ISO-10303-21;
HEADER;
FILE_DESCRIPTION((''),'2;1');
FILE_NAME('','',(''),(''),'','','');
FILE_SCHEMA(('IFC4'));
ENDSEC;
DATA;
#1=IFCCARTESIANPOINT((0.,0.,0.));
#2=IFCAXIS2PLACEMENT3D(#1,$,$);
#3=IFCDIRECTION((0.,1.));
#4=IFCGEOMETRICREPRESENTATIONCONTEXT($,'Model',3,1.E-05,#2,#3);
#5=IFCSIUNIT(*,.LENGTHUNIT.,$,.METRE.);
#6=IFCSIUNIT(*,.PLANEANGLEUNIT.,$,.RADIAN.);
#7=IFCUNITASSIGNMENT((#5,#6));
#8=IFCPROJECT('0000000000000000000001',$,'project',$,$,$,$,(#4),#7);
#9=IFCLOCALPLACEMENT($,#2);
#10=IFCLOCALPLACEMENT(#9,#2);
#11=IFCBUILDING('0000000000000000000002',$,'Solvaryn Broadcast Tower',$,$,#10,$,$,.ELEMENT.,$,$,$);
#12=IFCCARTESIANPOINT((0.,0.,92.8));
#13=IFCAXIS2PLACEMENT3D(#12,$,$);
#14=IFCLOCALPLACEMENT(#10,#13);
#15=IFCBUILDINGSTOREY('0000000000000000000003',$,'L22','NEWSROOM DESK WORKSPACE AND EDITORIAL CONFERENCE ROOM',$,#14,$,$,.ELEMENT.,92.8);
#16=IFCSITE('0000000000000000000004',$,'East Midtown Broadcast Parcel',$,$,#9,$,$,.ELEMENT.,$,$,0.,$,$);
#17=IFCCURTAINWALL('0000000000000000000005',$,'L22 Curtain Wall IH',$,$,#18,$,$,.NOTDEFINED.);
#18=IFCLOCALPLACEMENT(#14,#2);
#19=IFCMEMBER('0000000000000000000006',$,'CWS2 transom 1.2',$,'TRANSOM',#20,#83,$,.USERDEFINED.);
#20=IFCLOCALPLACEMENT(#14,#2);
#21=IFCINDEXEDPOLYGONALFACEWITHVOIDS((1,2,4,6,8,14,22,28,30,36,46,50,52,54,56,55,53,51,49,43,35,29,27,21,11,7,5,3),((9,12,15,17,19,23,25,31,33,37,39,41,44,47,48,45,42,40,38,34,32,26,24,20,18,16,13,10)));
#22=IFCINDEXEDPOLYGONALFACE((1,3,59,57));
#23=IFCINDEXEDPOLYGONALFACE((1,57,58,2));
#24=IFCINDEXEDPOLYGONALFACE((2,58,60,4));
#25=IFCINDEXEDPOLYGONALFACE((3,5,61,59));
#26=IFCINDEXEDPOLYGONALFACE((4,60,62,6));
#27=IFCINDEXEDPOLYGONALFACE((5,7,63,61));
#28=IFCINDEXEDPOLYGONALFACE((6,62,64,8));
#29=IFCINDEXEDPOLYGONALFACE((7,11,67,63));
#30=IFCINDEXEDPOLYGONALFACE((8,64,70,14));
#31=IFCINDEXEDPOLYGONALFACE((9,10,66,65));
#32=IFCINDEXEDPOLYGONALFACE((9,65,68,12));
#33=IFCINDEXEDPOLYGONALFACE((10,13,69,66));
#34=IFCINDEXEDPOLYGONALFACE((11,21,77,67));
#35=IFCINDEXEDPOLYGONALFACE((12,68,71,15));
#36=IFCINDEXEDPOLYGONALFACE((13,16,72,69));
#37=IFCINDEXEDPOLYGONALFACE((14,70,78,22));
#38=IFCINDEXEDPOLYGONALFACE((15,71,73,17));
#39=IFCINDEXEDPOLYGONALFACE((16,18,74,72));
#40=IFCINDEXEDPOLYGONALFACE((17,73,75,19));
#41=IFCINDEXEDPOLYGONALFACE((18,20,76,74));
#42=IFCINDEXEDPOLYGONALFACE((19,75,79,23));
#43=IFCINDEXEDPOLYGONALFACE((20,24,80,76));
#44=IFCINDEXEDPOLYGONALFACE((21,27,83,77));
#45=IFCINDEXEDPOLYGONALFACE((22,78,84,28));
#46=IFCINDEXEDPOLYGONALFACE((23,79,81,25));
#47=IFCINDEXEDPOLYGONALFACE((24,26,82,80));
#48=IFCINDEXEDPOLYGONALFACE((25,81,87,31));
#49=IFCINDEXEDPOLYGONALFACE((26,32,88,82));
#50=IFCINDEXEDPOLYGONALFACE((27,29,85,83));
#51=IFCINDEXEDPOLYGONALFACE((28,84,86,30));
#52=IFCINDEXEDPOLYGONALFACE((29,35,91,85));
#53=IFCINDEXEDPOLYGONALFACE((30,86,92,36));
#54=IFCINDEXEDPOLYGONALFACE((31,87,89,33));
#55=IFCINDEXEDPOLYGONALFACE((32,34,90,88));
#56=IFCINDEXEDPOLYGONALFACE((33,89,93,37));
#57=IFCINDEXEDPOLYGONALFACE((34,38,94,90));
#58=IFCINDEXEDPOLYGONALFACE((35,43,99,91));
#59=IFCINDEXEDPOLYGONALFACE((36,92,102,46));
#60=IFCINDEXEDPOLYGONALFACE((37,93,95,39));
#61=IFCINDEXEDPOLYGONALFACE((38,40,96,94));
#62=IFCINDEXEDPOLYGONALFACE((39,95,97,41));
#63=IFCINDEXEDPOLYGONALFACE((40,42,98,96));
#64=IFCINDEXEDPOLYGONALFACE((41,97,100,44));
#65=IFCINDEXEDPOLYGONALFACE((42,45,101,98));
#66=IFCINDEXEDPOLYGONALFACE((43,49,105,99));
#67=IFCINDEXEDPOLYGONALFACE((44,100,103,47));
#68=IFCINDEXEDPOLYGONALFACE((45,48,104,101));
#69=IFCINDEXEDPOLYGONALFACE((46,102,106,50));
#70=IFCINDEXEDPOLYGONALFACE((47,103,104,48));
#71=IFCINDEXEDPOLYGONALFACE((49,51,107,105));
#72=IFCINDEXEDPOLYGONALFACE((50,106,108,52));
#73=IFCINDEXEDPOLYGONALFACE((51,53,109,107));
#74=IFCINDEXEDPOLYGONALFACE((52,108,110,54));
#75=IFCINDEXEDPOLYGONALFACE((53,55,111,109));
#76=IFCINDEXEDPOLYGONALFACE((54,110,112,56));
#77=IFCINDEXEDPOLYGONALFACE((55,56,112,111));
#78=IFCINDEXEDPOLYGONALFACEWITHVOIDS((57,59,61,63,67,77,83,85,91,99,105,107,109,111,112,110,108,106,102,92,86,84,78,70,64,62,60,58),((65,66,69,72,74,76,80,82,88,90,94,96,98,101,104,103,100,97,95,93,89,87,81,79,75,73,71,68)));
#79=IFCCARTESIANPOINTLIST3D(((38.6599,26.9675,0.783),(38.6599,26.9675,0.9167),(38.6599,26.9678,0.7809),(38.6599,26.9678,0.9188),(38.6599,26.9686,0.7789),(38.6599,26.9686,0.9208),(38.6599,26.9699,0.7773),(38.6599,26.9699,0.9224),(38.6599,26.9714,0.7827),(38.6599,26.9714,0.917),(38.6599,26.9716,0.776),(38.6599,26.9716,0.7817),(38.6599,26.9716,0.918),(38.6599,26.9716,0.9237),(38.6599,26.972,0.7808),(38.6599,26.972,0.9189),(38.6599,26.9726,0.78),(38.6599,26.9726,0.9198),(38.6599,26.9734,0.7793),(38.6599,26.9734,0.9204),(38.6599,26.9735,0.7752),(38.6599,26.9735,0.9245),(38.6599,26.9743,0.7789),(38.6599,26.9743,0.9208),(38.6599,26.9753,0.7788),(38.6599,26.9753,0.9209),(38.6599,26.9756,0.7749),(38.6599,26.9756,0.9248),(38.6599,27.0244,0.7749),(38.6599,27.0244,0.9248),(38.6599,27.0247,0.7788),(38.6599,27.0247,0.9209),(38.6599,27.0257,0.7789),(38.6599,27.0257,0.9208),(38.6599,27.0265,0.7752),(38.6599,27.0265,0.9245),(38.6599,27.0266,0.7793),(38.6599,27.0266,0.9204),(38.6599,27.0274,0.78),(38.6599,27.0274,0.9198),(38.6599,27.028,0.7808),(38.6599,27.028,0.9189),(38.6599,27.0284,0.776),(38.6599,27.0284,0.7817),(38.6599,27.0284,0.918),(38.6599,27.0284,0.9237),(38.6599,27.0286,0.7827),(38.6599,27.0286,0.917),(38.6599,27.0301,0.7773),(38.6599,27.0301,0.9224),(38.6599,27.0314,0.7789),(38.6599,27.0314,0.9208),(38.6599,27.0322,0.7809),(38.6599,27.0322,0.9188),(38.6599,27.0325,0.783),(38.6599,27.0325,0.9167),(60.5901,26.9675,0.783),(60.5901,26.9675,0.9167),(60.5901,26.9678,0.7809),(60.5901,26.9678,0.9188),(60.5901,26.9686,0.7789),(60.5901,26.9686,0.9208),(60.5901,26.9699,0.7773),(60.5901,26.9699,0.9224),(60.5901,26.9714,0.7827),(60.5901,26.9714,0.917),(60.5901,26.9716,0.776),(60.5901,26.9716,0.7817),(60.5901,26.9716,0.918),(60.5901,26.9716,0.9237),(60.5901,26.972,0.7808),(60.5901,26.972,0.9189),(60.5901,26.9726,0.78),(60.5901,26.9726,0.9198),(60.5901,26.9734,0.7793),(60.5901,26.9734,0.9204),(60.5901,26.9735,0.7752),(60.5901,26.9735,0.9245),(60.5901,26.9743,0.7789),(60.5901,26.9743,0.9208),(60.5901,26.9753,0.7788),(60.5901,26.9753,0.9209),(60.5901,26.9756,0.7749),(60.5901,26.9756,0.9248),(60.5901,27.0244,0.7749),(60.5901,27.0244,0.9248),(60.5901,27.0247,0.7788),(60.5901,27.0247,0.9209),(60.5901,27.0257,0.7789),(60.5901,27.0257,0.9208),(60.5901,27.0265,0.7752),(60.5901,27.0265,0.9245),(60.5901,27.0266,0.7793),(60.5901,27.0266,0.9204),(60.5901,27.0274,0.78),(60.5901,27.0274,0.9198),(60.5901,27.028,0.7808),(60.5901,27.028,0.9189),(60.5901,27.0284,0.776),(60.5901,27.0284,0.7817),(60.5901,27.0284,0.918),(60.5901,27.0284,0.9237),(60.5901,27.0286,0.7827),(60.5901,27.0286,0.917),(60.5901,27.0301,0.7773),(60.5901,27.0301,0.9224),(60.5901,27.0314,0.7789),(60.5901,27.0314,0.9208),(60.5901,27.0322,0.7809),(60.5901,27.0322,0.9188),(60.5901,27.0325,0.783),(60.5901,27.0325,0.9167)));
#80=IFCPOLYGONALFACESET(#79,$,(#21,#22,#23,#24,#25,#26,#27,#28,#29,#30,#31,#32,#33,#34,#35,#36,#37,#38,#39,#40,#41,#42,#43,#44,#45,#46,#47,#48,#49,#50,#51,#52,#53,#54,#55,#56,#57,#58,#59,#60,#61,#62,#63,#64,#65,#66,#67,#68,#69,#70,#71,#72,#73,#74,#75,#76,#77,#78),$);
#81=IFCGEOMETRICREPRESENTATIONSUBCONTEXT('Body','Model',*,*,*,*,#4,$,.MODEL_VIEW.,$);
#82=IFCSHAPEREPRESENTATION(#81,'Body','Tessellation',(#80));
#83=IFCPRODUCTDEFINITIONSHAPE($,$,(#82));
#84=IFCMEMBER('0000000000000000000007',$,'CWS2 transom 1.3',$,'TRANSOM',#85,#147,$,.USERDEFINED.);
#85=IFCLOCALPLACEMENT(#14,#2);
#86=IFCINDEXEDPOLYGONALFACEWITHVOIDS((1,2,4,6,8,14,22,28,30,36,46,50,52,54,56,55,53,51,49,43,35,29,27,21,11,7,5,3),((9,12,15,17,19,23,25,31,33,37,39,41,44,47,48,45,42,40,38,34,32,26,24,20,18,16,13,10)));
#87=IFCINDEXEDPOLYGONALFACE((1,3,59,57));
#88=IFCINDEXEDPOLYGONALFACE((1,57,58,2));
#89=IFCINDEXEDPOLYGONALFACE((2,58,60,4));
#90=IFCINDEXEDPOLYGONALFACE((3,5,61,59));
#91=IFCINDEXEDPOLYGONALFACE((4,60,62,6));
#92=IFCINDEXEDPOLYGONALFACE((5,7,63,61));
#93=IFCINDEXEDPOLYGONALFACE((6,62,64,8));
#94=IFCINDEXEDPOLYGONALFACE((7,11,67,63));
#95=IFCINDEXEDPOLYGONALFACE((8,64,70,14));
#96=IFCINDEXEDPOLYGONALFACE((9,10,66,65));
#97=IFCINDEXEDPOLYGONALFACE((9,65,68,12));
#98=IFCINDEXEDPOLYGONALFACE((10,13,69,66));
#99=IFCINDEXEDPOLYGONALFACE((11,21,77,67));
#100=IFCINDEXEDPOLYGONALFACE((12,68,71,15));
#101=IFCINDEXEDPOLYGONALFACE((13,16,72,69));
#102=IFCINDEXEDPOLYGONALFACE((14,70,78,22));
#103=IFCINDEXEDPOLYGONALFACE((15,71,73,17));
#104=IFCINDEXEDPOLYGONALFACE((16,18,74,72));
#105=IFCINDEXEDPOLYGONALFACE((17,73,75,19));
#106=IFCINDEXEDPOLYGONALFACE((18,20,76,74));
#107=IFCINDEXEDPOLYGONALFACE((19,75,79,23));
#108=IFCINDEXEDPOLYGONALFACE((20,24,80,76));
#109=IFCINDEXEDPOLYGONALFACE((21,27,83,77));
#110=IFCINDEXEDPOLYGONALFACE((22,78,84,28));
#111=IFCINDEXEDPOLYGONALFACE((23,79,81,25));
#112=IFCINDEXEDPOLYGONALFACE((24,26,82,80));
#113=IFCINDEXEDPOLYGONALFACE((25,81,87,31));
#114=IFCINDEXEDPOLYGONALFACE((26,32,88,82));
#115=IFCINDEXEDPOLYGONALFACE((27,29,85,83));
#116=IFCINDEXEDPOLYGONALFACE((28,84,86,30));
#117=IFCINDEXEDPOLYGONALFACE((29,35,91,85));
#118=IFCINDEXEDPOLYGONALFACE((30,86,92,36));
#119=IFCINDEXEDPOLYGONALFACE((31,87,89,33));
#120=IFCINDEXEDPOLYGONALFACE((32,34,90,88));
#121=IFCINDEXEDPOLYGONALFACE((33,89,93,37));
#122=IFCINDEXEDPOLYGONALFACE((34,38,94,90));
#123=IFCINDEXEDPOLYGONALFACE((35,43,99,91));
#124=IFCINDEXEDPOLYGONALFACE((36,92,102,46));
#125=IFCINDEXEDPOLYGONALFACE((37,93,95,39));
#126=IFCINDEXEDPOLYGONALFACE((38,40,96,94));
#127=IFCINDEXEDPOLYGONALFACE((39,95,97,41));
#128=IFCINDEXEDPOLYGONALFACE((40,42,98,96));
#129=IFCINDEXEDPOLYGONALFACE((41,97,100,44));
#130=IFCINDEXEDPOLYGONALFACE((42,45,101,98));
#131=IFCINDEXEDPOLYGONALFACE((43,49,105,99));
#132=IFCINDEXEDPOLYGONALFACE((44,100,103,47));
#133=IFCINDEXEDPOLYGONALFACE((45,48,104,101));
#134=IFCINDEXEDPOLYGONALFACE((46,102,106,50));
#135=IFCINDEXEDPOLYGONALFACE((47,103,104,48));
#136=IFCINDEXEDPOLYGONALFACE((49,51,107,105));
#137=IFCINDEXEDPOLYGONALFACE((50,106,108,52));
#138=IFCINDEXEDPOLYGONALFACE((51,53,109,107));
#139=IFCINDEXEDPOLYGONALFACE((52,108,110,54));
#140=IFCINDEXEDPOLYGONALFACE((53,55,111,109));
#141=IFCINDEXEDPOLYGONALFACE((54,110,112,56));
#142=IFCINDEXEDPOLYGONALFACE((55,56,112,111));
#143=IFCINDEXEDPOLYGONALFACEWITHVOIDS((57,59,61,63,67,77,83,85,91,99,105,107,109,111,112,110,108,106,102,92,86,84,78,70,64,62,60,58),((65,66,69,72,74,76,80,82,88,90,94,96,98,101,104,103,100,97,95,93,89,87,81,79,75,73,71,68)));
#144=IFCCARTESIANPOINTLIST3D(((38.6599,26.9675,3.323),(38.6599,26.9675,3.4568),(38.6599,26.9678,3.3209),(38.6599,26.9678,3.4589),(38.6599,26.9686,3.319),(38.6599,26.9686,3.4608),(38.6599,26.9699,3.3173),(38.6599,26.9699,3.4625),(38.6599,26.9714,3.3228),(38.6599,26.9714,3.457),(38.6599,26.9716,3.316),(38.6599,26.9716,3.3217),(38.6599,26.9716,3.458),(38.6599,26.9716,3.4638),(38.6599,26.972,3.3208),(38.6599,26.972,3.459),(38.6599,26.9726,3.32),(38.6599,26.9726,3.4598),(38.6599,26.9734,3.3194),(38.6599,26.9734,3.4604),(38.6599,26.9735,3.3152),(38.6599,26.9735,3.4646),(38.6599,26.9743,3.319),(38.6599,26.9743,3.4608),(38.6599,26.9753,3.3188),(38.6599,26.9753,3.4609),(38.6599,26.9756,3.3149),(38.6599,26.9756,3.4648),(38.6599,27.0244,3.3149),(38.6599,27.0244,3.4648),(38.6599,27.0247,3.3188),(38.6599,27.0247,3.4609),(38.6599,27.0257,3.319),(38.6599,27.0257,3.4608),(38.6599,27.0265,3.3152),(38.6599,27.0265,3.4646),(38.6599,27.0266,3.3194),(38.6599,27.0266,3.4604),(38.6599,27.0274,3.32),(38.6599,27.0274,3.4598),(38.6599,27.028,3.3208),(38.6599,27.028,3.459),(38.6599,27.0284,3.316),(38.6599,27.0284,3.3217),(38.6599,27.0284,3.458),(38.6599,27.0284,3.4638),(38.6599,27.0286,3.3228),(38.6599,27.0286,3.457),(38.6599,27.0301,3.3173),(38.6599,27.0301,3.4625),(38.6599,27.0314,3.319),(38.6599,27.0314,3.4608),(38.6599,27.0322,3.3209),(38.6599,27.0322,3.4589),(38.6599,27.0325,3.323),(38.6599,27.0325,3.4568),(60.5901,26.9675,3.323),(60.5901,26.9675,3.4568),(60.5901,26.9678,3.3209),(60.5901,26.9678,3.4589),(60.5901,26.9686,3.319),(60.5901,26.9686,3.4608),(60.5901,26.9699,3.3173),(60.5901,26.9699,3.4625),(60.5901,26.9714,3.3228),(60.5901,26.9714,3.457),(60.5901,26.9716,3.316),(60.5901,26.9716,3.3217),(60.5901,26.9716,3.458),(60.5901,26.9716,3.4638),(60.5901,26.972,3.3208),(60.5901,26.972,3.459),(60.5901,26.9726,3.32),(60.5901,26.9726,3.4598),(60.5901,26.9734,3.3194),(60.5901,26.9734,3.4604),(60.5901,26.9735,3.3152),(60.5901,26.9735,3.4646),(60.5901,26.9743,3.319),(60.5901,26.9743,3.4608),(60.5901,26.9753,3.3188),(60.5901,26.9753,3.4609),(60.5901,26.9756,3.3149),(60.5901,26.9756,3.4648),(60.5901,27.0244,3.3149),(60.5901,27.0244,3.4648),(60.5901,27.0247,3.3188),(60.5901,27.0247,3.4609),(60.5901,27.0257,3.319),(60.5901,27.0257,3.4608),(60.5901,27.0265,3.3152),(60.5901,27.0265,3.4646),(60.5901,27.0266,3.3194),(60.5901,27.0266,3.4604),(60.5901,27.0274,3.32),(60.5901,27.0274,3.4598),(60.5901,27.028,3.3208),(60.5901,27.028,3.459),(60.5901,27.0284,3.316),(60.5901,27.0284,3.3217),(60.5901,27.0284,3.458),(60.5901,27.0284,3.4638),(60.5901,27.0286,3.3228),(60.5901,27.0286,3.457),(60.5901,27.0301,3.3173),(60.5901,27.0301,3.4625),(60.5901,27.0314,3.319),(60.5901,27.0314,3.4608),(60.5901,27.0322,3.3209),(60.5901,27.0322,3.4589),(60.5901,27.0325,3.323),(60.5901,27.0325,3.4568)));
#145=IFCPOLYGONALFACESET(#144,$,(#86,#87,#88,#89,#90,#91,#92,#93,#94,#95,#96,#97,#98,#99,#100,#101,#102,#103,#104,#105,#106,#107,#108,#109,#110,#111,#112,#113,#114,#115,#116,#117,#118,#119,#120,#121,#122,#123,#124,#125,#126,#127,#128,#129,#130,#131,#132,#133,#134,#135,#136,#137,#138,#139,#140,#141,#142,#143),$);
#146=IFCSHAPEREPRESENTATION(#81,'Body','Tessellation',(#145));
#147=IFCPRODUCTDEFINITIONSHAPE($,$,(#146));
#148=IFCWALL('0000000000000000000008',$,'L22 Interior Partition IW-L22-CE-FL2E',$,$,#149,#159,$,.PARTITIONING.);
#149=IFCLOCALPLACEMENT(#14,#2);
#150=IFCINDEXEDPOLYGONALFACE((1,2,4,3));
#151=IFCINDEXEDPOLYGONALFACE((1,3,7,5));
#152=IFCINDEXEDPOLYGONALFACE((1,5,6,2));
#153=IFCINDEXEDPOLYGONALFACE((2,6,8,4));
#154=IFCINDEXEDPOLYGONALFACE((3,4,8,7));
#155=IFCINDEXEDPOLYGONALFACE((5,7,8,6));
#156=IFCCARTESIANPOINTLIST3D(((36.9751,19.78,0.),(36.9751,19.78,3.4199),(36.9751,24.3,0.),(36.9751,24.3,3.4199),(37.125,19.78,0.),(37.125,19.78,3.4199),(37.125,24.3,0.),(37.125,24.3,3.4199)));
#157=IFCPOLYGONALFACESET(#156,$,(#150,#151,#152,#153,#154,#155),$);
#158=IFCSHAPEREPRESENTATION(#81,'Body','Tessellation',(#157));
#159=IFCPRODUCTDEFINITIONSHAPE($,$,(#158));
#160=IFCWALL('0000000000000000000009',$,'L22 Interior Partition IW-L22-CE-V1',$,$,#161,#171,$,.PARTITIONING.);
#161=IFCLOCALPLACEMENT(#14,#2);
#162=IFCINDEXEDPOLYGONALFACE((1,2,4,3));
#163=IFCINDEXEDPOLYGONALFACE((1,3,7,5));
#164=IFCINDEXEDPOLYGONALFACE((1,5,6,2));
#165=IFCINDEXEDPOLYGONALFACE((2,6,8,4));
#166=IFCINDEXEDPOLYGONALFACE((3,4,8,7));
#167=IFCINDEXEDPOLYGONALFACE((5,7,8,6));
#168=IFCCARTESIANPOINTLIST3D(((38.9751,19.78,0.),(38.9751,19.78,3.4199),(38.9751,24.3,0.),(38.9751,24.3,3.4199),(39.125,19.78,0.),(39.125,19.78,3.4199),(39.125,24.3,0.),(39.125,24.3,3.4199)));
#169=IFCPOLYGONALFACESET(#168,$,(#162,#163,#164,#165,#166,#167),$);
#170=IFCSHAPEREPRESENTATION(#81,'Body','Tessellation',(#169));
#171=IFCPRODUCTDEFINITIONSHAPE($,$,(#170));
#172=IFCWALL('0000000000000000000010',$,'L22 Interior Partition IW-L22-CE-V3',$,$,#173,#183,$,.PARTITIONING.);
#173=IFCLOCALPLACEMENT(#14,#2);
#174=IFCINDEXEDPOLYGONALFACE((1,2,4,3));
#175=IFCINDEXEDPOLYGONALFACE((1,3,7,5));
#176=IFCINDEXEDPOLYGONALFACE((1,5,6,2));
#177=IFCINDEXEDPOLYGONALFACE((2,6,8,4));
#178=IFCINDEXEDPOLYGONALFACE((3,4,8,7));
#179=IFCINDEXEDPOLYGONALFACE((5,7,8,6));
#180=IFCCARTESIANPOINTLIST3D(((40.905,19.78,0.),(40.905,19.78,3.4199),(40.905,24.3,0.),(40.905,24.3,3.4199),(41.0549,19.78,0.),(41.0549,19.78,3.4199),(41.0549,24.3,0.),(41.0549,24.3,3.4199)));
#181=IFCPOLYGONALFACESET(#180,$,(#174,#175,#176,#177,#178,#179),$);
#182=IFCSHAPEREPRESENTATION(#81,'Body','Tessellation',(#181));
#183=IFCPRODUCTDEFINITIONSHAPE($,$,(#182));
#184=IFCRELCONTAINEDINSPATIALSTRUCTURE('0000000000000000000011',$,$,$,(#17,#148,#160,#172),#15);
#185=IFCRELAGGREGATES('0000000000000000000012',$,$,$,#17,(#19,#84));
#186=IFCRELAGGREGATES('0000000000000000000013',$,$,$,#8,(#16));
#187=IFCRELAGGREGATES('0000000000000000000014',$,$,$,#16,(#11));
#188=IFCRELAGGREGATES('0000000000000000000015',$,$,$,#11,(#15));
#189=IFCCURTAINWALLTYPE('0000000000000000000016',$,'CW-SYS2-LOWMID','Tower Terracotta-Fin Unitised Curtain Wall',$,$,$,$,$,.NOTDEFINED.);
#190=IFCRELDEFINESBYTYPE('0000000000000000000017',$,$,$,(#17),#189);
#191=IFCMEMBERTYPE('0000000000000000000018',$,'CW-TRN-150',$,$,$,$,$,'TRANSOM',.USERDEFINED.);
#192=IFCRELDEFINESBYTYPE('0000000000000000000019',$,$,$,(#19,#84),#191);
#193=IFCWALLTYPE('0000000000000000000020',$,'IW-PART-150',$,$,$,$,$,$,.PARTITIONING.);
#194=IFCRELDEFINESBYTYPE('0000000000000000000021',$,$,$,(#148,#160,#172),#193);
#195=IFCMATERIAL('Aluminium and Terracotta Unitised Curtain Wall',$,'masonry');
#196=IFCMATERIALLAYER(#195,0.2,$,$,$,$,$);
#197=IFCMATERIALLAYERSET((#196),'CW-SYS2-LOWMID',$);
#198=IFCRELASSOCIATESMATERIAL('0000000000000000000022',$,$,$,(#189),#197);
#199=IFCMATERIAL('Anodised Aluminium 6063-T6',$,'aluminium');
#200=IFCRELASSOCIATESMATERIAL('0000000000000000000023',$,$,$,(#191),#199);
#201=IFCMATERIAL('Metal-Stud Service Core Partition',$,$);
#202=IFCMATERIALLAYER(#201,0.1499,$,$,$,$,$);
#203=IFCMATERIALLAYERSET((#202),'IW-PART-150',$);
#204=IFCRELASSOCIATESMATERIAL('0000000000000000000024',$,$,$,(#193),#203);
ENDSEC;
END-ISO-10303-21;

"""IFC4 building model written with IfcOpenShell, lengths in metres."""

from ifc_helpers import new_model, si_unit, direction, frame, frame_2d, origin, origin_2d, place, context, subcontext, project, spatial, rectangle, hollow_rectangle, extrude, material, layer, layer_set, material_profile, profile_set, type_object, element, aggregate, save


model = new_model("IFC4")

# Units and contexts
model_context = context("Model", 3, precision=1e-05, world=origin(), true_north=direction((0.0, 1.0)))
body_context = subcontext(model_context, "Body", "Model", "MODEL_VIEW")
ifc_project = project(units=[si_unit("LENGTHUNIT", "METRE"), si_unit("PLANEANGLEUNIT", "RADIAN")], contexts=[model_context])

# Site, building, storey
site_placement = place(None, origin())
site = spatial("IfcSite", under=ifc_project, at=site_placement, Name="East Midtown Broadcast Parcel", CompositionType="ELEMENT", RefElevation=0.0)
building_placement = place(site_placement, origin())
building = spatial("IfcBuilding", under=site, at=building_placement, Name="Solvaryn Broadcast Tower", CompositionType="ELEMENT")
storey_placement = place(building_placement, frame((0.0, 0.0, 92.8)))
storey = spatial("IfcBuildingStorey", under=building, at=storey_placement, Name="L22", Description="NEWSROOM DESK WORKSPACE AND EDITORIAL CONFERENCE ROOM", CompositionType="ELEMENT", Elevation=92.8)

# Curtain wall
ifc_material_1 = material(Name="Aluminium and Terracotta Unitised Curtain Wall", Category="masonry")
ifc_layer_1 = layer(ifc_material_1, 0.2)
ifc_layer_set_1 = layer_set([ifc_layer_1], Name="CW-SYS2-LOWMID")
curtain_wall_type = type_object("IfcCurtainWallType", Name="CW-SYS2-LOWMID", Description="Tower Terracotta-Fin Unitised Curtain Wall", PredefinedType="NOTDEFINED", material=ifc_layer_set_1)
curtain_wall_1_placement = place(storey_placement, origin())
curtain_wall_1 = element("IfcCurtainWall", 1, at=curtain_wall_1_placement, inside=storey, type_object=curtain_wall_type, Name="L22 Curtain Wall IH", PredefinedType="NOTDEFINED")

# Members
ifc_material_2 = material(Name="Anodised Aluminium 6063-T6", Category="aluminium")
ifc_material_profile_1 = material_profile(ifc_material_2, hollow_rectangle(XDim=0.0649, YDim=0.1499, WallThickness=0.0039, InnerFilletRadius=0.0039, OuterFilletRadius=0.0081, at=origin_2d()))
ifc_profile_set_1 = profile_set([ifc_material_profile_1], Name="Anodised Aluminium 6063-T6")
member_type_1 = type_object("IfcMemberType", Name="CW-TRN-150", ElementType="TRANSOM", PredefinedType="USERDEFINED", material=ifc_profile_set_1)
member_1_placement = place(storey_placement, frame((38.6599, 27.0, 0.8499), z_axis=(1.0, 0.0, 0.0), x_axis=(0.0, 1.0, 0.0)))
member_1 = element("IfcMember", 2, at=member_1_placement, type_object=member_type_1, Name="CWS2 transom 1.2", ObjectType="TRANSOM", PredefinedType="USERDEFINED", context=body_context, shape_type="SweptSolid", body=[
    extrude(hollow_rectangle(XDim=0.0649, YDim=0.1499, WallThickness=0.0039, InnerFilletRadius=0.0039, OuterFilletRadius=0.0081, at=origin_2d()), origin(), (0.0, 0.0, 1.0), 21.9302),
])
member_2_placement = place(storey_placement, frame((38.6599, 27.0, 3.3899), z_axis=(1.0, 0.0, 0.0), x_axis=(0.0, 1.0, 0.0)))
member_2 = element("IfcMember", 3, at=member_2_placement, type_object=member_type_1, Name="CWS2 transom 1.3", ObjectType="TRANSOM", PredefinedType="USERDEFINED", context=body_context, shape_type="SweptSolid", body=[
    extrude(hollow_rectangle(XDim=0.0649, YDim=0.1499, WallThickness=0.0039, InnerFilletRadius=0.0039, OuterFilletRadius=0.0081, at=origin_2d()), origin(), (0.0, 0.0, 1.0), 21.9302),
])
aggregate(curtain_wall_1, [member_1, member_2])

# Walls
ifc_material_3 = material(Name="Metal-Stud Service Core Partition")
ifc_layer_2 = layer(ifc_material_3, 0.1499)
ifc_layer_set_2 = layer_set([ifc_layer_2], Name="IW-PART-150")
wall_type_1 = type_object("IfcWallType", Name="IW-PART-150", PredefinedType="PARTITIONING", material=ifc_layer_set_2)
for number, where, z_axis, x_axis, name in (
    (4, (37.05, 19.78, 0.0), (0.0, 0.0, 1.0), (0.0, 1.0, 0.0), "L22 Interior Partition IW-L22-CE-FL2E"),
    (5, (39.05, 19.78, 0.0), (0.0, 0.0, 1.0), (0.0, 1.0, 0.0), "L22 Interior Partition IW-L22-CE-V1"),
    (6, (40.98, 19.78, 0.0), (0.0, 0.0, 1.0), (0.0, 1.0, 0.0), "L22 Interior Partition IW-L22-CE-V3"),
):
    element("IfcWall", number, at=place(storey_placement, frame(where, z_axis=z_axis, x_axis=x_axis)), inside=storey, type_object=wall_type_1, Name=name, PredefinedType="PARTITIONING", context=body_context, shape_type="SweptSolid", body=[
        extrude(rectangle(XDim=4.52, YDim=0.1499, at=frame_2d((2.26, 0.0))), origin(), (0.0, 0.0, 1.0), 3.4199),
    ])

save(model, "model.ifc")
